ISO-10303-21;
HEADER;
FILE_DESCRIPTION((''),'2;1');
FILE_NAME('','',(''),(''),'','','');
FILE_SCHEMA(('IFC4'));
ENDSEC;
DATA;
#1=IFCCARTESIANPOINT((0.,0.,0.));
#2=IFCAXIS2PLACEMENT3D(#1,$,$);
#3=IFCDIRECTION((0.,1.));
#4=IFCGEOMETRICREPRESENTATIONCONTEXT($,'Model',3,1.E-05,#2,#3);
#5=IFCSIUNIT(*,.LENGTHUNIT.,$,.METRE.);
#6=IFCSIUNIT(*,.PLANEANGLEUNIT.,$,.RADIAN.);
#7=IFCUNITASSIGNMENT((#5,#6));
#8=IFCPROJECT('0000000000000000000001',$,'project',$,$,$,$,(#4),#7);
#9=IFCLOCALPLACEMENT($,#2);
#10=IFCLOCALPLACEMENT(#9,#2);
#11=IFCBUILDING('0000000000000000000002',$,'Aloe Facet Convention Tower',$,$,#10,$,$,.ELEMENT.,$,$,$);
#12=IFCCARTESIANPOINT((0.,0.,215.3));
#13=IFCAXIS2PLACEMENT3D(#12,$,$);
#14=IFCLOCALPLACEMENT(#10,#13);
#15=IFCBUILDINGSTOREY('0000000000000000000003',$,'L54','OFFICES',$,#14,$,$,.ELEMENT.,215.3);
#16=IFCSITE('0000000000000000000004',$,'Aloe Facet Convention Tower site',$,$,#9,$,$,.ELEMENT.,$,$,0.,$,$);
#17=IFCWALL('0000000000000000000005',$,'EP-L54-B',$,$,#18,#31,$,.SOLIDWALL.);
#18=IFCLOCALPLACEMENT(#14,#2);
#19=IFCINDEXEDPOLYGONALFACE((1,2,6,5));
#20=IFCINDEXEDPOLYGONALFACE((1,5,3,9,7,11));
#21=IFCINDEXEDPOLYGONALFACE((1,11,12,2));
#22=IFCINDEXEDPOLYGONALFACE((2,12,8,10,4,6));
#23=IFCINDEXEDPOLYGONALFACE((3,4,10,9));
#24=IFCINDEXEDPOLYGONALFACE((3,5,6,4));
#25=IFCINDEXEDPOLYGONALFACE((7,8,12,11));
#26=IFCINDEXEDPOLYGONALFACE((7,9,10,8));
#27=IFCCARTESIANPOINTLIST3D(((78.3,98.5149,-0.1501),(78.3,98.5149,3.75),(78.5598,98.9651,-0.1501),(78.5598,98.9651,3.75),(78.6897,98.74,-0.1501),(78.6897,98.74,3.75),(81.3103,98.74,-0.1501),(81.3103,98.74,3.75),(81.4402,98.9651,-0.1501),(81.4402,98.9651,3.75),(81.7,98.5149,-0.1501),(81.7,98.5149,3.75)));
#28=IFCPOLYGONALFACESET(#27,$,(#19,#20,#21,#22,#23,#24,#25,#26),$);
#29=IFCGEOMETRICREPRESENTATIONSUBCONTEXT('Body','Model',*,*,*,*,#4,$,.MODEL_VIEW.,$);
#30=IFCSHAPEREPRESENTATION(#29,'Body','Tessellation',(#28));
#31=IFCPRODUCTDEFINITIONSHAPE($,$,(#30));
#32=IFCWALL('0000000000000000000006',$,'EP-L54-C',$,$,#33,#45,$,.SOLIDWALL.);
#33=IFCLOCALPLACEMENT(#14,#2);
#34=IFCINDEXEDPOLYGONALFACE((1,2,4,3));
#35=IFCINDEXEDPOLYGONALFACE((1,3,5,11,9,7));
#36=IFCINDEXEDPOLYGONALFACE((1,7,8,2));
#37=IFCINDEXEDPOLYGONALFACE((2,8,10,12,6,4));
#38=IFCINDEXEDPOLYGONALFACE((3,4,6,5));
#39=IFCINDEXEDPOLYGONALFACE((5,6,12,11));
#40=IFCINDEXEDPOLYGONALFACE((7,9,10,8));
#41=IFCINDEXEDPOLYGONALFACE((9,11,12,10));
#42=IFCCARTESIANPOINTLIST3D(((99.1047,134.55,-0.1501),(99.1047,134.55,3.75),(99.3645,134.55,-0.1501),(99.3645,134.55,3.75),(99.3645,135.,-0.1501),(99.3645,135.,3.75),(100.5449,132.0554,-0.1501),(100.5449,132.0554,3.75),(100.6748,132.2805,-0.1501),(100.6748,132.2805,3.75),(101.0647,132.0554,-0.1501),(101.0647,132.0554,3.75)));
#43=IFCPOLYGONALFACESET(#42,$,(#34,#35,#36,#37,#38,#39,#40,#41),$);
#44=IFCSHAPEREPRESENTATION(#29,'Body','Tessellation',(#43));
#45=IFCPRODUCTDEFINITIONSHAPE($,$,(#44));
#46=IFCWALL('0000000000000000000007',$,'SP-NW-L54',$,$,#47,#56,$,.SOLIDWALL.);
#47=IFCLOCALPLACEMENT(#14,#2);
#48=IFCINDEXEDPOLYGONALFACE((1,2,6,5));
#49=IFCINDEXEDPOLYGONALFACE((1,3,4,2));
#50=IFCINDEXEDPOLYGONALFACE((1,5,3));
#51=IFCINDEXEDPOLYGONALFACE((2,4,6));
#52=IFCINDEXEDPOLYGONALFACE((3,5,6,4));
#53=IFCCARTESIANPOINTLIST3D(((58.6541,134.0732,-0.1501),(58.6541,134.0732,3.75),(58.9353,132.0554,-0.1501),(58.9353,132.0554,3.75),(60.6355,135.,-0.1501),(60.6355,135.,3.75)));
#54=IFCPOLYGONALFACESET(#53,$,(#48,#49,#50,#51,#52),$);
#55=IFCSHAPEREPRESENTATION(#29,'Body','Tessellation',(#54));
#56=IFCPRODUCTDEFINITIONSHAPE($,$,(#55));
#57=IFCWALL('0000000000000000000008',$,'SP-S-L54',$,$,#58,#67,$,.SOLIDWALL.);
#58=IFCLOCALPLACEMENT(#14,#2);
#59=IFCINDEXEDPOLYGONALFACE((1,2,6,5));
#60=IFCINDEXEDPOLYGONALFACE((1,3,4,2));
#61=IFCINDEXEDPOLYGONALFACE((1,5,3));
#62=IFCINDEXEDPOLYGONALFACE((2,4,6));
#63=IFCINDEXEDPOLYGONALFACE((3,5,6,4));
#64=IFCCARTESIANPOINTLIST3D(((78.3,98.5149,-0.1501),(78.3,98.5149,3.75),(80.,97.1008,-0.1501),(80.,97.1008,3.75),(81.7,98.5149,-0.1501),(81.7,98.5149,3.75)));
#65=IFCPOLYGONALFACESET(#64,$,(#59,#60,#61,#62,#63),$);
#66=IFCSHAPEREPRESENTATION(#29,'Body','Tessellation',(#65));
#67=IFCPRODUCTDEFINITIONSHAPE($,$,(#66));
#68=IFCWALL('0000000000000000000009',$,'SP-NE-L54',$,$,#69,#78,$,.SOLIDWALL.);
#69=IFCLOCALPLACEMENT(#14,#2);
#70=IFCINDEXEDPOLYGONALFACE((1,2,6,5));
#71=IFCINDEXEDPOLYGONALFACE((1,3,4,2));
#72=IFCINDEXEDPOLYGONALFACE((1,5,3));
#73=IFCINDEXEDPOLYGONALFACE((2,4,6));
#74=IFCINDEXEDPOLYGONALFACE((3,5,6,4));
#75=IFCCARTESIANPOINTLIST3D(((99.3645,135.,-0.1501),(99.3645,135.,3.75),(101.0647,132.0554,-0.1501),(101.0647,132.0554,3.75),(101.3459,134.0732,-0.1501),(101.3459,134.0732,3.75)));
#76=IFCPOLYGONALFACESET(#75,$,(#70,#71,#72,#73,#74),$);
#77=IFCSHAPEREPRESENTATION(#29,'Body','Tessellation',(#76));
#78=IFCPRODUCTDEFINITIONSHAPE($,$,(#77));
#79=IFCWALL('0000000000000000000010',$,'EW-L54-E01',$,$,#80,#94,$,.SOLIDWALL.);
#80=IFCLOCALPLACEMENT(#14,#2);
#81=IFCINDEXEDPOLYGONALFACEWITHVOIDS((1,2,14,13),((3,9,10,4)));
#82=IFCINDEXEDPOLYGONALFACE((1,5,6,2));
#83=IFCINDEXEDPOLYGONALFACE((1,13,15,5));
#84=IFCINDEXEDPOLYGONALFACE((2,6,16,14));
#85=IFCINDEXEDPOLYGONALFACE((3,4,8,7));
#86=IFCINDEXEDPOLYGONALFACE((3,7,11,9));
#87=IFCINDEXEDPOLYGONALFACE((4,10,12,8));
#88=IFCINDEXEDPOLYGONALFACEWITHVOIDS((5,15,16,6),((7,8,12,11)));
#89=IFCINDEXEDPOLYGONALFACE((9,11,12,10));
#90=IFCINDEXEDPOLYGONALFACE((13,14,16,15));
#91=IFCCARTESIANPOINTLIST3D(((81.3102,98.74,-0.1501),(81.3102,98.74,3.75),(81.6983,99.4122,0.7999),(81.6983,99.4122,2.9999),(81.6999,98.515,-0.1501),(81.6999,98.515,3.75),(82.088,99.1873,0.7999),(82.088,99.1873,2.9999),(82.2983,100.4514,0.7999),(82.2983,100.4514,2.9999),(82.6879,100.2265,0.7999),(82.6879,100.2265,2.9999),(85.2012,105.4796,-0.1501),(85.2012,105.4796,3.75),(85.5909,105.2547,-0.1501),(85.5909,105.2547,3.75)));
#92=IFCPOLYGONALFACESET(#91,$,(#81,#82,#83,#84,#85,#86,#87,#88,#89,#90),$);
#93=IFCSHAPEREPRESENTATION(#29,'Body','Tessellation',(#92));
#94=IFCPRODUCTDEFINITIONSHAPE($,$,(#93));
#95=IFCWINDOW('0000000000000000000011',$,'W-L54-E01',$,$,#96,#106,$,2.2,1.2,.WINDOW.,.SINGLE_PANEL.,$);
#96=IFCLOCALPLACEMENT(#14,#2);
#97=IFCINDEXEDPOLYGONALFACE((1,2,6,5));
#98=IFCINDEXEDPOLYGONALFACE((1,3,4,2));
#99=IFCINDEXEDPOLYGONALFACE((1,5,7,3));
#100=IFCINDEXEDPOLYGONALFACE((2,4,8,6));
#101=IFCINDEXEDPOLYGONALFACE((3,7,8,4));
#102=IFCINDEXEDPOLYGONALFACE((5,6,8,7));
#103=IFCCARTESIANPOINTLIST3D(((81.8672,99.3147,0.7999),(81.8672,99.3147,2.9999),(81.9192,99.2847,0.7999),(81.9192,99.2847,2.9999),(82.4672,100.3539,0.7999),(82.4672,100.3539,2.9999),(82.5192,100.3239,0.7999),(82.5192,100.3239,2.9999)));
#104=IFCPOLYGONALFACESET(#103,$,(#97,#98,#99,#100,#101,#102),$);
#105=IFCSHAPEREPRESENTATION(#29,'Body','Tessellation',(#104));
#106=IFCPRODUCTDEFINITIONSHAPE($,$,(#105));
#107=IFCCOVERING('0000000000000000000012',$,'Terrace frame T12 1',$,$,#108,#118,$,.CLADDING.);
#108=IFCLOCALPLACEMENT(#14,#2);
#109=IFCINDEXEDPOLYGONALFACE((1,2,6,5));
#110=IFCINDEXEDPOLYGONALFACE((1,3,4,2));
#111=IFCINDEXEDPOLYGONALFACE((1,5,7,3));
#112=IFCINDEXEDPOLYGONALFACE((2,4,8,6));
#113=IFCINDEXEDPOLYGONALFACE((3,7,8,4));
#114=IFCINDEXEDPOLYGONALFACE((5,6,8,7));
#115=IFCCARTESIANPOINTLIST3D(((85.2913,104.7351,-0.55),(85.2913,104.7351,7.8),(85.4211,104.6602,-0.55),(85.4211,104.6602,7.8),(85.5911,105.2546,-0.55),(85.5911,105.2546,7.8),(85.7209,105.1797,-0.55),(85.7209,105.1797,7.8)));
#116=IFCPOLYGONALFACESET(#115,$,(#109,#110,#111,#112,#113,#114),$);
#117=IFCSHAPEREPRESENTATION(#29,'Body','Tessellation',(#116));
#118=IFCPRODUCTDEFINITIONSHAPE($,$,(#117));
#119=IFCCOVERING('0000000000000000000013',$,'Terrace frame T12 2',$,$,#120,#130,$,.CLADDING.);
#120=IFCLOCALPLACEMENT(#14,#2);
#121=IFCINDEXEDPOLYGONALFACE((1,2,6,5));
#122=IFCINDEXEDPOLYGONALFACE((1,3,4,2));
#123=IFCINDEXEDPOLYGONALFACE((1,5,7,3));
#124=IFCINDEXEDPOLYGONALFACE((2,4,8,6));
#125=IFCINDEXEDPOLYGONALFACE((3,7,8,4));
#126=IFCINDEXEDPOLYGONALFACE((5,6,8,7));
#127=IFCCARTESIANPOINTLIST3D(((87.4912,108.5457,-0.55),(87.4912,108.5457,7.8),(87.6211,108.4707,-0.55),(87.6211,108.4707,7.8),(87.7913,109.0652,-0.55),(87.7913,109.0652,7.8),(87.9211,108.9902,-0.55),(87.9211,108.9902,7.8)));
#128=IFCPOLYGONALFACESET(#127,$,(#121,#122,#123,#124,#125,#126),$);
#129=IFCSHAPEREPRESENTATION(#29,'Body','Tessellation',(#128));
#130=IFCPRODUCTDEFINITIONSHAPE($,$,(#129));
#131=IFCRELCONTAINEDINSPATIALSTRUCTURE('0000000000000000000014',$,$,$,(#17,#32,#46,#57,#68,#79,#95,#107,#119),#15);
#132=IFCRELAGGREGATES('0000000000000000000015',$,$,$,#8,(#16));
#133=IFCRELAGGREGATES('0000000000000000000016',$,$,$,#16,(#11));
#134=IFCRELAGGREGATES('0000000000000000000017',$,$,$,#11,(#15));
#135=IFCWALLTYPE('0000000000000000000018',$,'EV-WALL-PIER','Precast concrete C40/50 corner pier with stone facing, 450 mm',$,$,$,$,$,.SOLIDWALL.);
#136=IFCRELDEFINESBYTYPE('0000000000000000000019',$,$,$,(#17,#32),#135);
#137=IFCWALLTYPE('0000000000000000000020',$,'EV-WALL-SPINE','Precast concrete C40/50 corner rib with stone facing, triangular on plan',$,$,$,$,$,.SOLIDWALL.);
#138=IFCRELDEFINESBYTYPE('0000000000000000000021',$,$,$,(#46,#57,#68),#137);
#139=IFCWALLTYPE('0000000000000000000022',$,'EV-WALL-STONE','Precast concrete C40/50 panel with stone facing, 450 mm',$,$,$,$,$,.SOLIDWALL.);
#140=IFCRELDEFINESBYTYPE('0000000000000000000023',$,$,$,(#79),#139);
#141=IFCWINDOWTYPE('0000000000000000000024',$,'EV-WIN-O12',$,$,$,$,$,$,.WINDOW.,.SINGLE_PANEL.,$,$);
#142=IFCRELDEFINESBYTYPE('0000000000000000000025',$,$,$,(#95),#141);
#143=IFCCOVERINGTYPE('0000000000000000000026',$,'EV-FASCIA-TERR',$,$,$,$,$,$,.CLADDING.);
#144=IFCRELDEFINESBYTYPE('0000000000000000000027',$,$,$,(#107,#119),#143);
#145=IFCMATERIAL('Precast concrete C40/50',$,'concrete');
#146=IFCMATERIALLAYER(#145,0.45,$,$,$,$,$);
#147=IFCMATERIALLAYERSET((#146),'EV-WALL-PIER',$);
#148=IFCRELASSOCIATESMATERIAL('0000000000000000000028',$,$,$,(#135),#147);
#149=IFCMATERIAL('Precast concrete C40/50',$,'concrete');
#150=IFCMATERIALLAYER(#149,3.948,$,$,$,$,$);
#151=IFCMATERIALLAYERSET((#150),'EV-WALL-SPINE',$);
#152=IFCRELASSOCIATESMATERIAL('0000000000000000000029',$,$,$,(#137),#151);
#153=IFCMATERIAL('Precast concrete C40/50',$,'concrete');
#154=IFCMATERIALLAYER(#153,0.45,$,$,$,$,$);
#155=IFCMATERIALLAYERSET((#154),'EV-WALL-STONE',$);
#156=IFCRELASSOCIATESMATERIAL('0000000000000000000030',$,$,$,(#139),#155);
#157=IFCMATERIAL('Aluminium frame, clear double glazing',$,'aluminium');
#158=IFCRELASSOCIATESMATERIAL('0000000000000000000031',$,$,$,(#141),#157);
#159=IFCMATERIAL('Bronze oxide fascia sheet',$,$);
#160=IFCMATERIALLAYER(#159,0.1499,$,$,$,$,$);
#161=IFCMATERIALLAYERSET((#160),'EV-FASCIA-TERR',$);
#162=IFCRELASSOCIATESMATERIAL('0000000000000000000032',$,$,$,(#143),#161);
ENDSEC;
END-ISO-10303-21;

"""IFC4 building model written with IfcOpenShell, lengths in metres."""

from ifc_helpers import new_model, si_unit, direction, frame, frame_2d, origin, place, context, subcontext, project, spatial, polyline, rectangle, outline, extrude, material, layer, layer_set, type_object, element, fill, save


model = new_model("IFC4")

# Units and contexts
model_context = context("Model", 3, precision=1e-05, world=origin(), true_north=direction((0.0, 1.0)))
body_context = subcontext(model_context, "Body", "Model", "MODEL_VIEW")
ifc_project = project(units=[si_unit("LENGTHUNIT", "METRE"), si_unit("PLANEANGLEUNIT", "RADIAN")], contexts=[model_context])

# Site, building, storey
site_placement = place(None, origin())
site = spatial("IfcSite", under=ifc_project, at=site_placement, Name="Aloe Facet Convention Tower site", CompositionType="ELEMENT", RefElevation=0.0)
building_placement = place(site_placement, origin())
building = spatial("IfcBuilding", under=site, at=building_placement, Name="Aloe Facet Convention Tower", CompositionType="ELEMENT")
storey_placement = place(building_placement, frame((0.0, 0.0, 215.3)))
storey = spatial("IfcBuildingStorey", under=building, at=storey_placement, Name="L54", Description="OFFICES", CompositionType="ELEMENT", Elevation=215.3)

# Walls
ifc_material_1 = material(Name="Precast concrete C40/50", Category="concrete")
ifc_layer_1 = layer(ifc_material_1, 0.45)
ifc_layer_set_1 = layer_set([ifc_layer_1], Name="EV-WALL-PIER")
wall_type_1 = type_object("IfcWallType", Name="EV-WALL-PIER", Description="Precast concrete C40/50 corner pier with stone facing, 450 mm", PredefinedType="SOLIDWALL", material=ifc_layer_set_1)
wall_1_placement = place(storey_placement, frame((0.0, 0.0, -0.1501)))
element("IfcWall", 1, at=wall_1_placement, inside=storey, type_object=wall_type_1, Name="EP-L54-B", PredefinedType="SOLIDWALL", context=body_context, shape_type="SweptSolid", body=[
    extrude(outline(polyline([(78.3, 98.5149), (78.6897, 98.74), (78.5598, 98.9651), (81.4402, 98.9651), (81.3103, 98.74), (81.7, 98.5149), (78.3, 98.5149)])), origin(), (0.0, 0.0, 1.0), 3.9001),
])
wall_2_placement = place(storey_placement, frame((0.0, 0.0, -0.1501)))
element("IfcWall", 2, at=wall_2_placement, inside=storey, type_object=wall_type_1, Name="EP-L54-C", PredefinedType="SOLIDWALL", context=body_context, shape_type="SweptSolid", body=[
    extrude(outline(polyline([(101.0647, 132.0554), (100.6748, 132.2805), (100.5449, 132.0554), (99.1047, 134.55), (99.3645, 134.55), (99.3645, 135.0), (101.0647, 132.0554)])), origin(), (0.0, 0.0, 1.0), 3.9001),
])
ifc_material_2 = material(Name="Precast concrete C40/50", Category="concrete")
ifc_layer_2 = layer(ifc_material_2, 3.948)
ifc_layer_set_2 = layer_set([ifc_layer_2], Name="EV-WALL-SPINE")
wall_type_2 = type_object("IfcWallType", Name="EV-WALL-SPINE", Description="Precast concrete C40/50 corner rib with stone facing, triangular on plan", PredefinedType="SOLIDWALL", material=ifc_layer_set_2)
wall_3_placement = place(storey_placement, frame((0.0, 0.0, -0.1501)))
element("IfcWall", 3, at=wall_3_placement, inside=storey, type_object=wall_type_2, Name="SP-NW-L54", PredefinedType="SOLIDWALL", context=body_context, shape_type="SweptSolid", body=[
    extrude(outline(polyline([(60.6355, 135.0), (58.6541, 134.0732), (58.9353, 132.0554), (60.6355, 135.0)])), origin(), (0.0, 0.0, 1.0), 3.9001),
])
wall_4_placement = place(storey_placement, frame((0.0, 0.0, -0.1501)))
element("IfcWall", 4, at=wall_4_placement, inside=storey, type_object=wall_type_2, Name="SP-S-L54", PredefinedType="SOLIDWALL", context=body_context, shape_type="SweptSolid", body=[
    extrude(outline(polyline([(78.3, 98.5149), (80.0, 97.1008), (81.7, 98.5149), (78.3, 98.5149)])), origin(), (0.0, 0.0, 1.0), 3.9001),
])
wall_5_placement = place(storey_placement, frame((0.0, 0.0, -0.1501)))
element("IfcWall", 5, at=wall_5_placement, inside=storey, type_object=wall_type_2, Name="SP-NE-L54", PredefinedType="SOLIDWALL", context=body_context, shape_type="SweptSolid", body=[
    extrude(outline(polyline([(101.0647, 132.0554), (101.3459, 134.0732), (99.3645, 135.0), (101.0647, 132.0554)])), origin(), (0.0, 0.0, 1.0), 3.9001),
])

# Wall, opening, window
ifc_material_3 = material(Name="Precast concrete C40/50", Category="concrete")
ifc_layer_3 = layer(ifc_material_3, 0.45)
ifc_layer_set_3 = layer_set([ifc_layer_3], Name="EV-WALL-STONE")
wall_type_3 = type_object("IfcWallType", Name="EV-WALL-STONE", Description="Precast concrete C40/50 panel with stone facing, 450 mm", PredefinedType="SOLIDWALL", material=ifc_layer_set_3)
wall_6_placement = place(storey_placement, frame((81.5051, 98.6274, -0.1501), z_axis=(0.0, 0.0, 1.0), x_axis=(0.499992, 0.86603, 0.0)))
wall_6 = element("IfcWall", 6, at=wall_6_placement, inside=storey, type_object=wall_type_3, Name="EW-L54-E01", PredefinedType="SOLIDWALL", context=body_context, shape_type="SweptSolid", body=[
    extrude(outline(polyline([(0.0, 0.0), (0.0, 3.9001), (7.7822, 3.9001), (7.7822, 0.0), (0.0, 0.0)])), frame((0.0, 0.2251, 0.0), z_axis=(0.0, -1.0, 0.0), x_axis=(1.0, 0.0, 0.0)), (0.0, 0.0, 1.0), 0.45),
])
opening_placement = place(wall_6_placement, frame((0.7761, 0.0, 0.95)))
opening = element("IfcOpeningElement", 7, at=opening_placement, cuts=wall_6, PredefinedType="OPENING", context=body_context, shape_type="SweptSolid", body=[
    extrude(rectangle(XDim=1.2, YDim=2.2, at=frame_2d((0.6001, 1.1001))), frame((0.0, 0.2349, 0.0), z_axis=(0.0, -1.0, 0.0), x_axis=(1.0, 0.0, 0.0)), (0.0, 0.0, 1.0), 0.47),
])
ifc_material_4 = material(Name="Aluminium frame, clear double glazing", Category="aluminium")
window_type = type_object("IfcWindowType", Name="EV-WIN-O12", PartitioningType="SINGLE_PANEL", PredefinedType="WINDOW", material=ifc_material_4)
window_placement = place(opening_placement, origin())
window = element("IfcWindow", 8, at=window_placement, inside=storey, type_object=window_type, Name="W-L54-E01", OverallHeight=2.2, OverallWidth=1.2, PartitioningType="SINGLE_PANEL", PredefinedType="WINDOW", context=body_context, shape_type="SweptSolid", body=[
    extrude(rectangle(XDim=1.2, YDim=2.2, at=frame_2d((0.6001, 1.1001))), frame((0.0, 0.03, 0.0), z_axis=(0.0, -1.0, 0.0), x_axis=(1.0, 0.0, 0.0)), (0.0, 0.0, 1.0), 0.0601),
])
fill(opening, window)

# Coverings
ifc_material_5 = material(Name="Bronze oxide fascia sheet")
ifc_layer_4 = layer(ifc_material_5, 0.1499)
ifc_layer_set_4 = layer_set([ifc_layer_4], Name="EV-FASCIA-TERR")
covering_type = type_object("IfcCoveringType", Name="EV-FASCIA-TERR", PredefinedType="CLADDING", material=ifc_layer_set_4)
covering_1_placement = place(storey_placement, frame((0.0, 0.0, -0.55)))
element("IfcCovering", 9, at=covering_1_placement, inside=storey, type_object=covering_type, Name="Terrace frame T12 1", PredefinedType="CLADDING", context=body_context, shape_type="SweptSolid", body=[
    extrude(outline(polyline([(85.4211, 104.6602), (85.7209, 105.1797), (85.5911, 105.2546), (85.2913, 104.7351), (85.4211, 104.6602)])), origin(), (0.0, 0.0, 1.0), 8.3501),
])
covering_2_placement = place(storey_placement, frame((0.0, 0.0, -0.55)))
element("IfcCovering", 10, at=covering_2_placement, inside=storey, type_object=covering_type, Name="Terrace frame T12 2", PredefinedType="CLADDING", context=body_context, shape_type="SweptSolid", body=[
    extrude(outline(polyline([(87.6211, 108.4707), (87.9211, 108.9902), (87.7913, 109.0652), (87.4912, 108.5457), (87.6211, 108.4707)])), origin(), (0.0, 0.0, 1.0), 8.3501),
])

save(model, "model.ifc")
